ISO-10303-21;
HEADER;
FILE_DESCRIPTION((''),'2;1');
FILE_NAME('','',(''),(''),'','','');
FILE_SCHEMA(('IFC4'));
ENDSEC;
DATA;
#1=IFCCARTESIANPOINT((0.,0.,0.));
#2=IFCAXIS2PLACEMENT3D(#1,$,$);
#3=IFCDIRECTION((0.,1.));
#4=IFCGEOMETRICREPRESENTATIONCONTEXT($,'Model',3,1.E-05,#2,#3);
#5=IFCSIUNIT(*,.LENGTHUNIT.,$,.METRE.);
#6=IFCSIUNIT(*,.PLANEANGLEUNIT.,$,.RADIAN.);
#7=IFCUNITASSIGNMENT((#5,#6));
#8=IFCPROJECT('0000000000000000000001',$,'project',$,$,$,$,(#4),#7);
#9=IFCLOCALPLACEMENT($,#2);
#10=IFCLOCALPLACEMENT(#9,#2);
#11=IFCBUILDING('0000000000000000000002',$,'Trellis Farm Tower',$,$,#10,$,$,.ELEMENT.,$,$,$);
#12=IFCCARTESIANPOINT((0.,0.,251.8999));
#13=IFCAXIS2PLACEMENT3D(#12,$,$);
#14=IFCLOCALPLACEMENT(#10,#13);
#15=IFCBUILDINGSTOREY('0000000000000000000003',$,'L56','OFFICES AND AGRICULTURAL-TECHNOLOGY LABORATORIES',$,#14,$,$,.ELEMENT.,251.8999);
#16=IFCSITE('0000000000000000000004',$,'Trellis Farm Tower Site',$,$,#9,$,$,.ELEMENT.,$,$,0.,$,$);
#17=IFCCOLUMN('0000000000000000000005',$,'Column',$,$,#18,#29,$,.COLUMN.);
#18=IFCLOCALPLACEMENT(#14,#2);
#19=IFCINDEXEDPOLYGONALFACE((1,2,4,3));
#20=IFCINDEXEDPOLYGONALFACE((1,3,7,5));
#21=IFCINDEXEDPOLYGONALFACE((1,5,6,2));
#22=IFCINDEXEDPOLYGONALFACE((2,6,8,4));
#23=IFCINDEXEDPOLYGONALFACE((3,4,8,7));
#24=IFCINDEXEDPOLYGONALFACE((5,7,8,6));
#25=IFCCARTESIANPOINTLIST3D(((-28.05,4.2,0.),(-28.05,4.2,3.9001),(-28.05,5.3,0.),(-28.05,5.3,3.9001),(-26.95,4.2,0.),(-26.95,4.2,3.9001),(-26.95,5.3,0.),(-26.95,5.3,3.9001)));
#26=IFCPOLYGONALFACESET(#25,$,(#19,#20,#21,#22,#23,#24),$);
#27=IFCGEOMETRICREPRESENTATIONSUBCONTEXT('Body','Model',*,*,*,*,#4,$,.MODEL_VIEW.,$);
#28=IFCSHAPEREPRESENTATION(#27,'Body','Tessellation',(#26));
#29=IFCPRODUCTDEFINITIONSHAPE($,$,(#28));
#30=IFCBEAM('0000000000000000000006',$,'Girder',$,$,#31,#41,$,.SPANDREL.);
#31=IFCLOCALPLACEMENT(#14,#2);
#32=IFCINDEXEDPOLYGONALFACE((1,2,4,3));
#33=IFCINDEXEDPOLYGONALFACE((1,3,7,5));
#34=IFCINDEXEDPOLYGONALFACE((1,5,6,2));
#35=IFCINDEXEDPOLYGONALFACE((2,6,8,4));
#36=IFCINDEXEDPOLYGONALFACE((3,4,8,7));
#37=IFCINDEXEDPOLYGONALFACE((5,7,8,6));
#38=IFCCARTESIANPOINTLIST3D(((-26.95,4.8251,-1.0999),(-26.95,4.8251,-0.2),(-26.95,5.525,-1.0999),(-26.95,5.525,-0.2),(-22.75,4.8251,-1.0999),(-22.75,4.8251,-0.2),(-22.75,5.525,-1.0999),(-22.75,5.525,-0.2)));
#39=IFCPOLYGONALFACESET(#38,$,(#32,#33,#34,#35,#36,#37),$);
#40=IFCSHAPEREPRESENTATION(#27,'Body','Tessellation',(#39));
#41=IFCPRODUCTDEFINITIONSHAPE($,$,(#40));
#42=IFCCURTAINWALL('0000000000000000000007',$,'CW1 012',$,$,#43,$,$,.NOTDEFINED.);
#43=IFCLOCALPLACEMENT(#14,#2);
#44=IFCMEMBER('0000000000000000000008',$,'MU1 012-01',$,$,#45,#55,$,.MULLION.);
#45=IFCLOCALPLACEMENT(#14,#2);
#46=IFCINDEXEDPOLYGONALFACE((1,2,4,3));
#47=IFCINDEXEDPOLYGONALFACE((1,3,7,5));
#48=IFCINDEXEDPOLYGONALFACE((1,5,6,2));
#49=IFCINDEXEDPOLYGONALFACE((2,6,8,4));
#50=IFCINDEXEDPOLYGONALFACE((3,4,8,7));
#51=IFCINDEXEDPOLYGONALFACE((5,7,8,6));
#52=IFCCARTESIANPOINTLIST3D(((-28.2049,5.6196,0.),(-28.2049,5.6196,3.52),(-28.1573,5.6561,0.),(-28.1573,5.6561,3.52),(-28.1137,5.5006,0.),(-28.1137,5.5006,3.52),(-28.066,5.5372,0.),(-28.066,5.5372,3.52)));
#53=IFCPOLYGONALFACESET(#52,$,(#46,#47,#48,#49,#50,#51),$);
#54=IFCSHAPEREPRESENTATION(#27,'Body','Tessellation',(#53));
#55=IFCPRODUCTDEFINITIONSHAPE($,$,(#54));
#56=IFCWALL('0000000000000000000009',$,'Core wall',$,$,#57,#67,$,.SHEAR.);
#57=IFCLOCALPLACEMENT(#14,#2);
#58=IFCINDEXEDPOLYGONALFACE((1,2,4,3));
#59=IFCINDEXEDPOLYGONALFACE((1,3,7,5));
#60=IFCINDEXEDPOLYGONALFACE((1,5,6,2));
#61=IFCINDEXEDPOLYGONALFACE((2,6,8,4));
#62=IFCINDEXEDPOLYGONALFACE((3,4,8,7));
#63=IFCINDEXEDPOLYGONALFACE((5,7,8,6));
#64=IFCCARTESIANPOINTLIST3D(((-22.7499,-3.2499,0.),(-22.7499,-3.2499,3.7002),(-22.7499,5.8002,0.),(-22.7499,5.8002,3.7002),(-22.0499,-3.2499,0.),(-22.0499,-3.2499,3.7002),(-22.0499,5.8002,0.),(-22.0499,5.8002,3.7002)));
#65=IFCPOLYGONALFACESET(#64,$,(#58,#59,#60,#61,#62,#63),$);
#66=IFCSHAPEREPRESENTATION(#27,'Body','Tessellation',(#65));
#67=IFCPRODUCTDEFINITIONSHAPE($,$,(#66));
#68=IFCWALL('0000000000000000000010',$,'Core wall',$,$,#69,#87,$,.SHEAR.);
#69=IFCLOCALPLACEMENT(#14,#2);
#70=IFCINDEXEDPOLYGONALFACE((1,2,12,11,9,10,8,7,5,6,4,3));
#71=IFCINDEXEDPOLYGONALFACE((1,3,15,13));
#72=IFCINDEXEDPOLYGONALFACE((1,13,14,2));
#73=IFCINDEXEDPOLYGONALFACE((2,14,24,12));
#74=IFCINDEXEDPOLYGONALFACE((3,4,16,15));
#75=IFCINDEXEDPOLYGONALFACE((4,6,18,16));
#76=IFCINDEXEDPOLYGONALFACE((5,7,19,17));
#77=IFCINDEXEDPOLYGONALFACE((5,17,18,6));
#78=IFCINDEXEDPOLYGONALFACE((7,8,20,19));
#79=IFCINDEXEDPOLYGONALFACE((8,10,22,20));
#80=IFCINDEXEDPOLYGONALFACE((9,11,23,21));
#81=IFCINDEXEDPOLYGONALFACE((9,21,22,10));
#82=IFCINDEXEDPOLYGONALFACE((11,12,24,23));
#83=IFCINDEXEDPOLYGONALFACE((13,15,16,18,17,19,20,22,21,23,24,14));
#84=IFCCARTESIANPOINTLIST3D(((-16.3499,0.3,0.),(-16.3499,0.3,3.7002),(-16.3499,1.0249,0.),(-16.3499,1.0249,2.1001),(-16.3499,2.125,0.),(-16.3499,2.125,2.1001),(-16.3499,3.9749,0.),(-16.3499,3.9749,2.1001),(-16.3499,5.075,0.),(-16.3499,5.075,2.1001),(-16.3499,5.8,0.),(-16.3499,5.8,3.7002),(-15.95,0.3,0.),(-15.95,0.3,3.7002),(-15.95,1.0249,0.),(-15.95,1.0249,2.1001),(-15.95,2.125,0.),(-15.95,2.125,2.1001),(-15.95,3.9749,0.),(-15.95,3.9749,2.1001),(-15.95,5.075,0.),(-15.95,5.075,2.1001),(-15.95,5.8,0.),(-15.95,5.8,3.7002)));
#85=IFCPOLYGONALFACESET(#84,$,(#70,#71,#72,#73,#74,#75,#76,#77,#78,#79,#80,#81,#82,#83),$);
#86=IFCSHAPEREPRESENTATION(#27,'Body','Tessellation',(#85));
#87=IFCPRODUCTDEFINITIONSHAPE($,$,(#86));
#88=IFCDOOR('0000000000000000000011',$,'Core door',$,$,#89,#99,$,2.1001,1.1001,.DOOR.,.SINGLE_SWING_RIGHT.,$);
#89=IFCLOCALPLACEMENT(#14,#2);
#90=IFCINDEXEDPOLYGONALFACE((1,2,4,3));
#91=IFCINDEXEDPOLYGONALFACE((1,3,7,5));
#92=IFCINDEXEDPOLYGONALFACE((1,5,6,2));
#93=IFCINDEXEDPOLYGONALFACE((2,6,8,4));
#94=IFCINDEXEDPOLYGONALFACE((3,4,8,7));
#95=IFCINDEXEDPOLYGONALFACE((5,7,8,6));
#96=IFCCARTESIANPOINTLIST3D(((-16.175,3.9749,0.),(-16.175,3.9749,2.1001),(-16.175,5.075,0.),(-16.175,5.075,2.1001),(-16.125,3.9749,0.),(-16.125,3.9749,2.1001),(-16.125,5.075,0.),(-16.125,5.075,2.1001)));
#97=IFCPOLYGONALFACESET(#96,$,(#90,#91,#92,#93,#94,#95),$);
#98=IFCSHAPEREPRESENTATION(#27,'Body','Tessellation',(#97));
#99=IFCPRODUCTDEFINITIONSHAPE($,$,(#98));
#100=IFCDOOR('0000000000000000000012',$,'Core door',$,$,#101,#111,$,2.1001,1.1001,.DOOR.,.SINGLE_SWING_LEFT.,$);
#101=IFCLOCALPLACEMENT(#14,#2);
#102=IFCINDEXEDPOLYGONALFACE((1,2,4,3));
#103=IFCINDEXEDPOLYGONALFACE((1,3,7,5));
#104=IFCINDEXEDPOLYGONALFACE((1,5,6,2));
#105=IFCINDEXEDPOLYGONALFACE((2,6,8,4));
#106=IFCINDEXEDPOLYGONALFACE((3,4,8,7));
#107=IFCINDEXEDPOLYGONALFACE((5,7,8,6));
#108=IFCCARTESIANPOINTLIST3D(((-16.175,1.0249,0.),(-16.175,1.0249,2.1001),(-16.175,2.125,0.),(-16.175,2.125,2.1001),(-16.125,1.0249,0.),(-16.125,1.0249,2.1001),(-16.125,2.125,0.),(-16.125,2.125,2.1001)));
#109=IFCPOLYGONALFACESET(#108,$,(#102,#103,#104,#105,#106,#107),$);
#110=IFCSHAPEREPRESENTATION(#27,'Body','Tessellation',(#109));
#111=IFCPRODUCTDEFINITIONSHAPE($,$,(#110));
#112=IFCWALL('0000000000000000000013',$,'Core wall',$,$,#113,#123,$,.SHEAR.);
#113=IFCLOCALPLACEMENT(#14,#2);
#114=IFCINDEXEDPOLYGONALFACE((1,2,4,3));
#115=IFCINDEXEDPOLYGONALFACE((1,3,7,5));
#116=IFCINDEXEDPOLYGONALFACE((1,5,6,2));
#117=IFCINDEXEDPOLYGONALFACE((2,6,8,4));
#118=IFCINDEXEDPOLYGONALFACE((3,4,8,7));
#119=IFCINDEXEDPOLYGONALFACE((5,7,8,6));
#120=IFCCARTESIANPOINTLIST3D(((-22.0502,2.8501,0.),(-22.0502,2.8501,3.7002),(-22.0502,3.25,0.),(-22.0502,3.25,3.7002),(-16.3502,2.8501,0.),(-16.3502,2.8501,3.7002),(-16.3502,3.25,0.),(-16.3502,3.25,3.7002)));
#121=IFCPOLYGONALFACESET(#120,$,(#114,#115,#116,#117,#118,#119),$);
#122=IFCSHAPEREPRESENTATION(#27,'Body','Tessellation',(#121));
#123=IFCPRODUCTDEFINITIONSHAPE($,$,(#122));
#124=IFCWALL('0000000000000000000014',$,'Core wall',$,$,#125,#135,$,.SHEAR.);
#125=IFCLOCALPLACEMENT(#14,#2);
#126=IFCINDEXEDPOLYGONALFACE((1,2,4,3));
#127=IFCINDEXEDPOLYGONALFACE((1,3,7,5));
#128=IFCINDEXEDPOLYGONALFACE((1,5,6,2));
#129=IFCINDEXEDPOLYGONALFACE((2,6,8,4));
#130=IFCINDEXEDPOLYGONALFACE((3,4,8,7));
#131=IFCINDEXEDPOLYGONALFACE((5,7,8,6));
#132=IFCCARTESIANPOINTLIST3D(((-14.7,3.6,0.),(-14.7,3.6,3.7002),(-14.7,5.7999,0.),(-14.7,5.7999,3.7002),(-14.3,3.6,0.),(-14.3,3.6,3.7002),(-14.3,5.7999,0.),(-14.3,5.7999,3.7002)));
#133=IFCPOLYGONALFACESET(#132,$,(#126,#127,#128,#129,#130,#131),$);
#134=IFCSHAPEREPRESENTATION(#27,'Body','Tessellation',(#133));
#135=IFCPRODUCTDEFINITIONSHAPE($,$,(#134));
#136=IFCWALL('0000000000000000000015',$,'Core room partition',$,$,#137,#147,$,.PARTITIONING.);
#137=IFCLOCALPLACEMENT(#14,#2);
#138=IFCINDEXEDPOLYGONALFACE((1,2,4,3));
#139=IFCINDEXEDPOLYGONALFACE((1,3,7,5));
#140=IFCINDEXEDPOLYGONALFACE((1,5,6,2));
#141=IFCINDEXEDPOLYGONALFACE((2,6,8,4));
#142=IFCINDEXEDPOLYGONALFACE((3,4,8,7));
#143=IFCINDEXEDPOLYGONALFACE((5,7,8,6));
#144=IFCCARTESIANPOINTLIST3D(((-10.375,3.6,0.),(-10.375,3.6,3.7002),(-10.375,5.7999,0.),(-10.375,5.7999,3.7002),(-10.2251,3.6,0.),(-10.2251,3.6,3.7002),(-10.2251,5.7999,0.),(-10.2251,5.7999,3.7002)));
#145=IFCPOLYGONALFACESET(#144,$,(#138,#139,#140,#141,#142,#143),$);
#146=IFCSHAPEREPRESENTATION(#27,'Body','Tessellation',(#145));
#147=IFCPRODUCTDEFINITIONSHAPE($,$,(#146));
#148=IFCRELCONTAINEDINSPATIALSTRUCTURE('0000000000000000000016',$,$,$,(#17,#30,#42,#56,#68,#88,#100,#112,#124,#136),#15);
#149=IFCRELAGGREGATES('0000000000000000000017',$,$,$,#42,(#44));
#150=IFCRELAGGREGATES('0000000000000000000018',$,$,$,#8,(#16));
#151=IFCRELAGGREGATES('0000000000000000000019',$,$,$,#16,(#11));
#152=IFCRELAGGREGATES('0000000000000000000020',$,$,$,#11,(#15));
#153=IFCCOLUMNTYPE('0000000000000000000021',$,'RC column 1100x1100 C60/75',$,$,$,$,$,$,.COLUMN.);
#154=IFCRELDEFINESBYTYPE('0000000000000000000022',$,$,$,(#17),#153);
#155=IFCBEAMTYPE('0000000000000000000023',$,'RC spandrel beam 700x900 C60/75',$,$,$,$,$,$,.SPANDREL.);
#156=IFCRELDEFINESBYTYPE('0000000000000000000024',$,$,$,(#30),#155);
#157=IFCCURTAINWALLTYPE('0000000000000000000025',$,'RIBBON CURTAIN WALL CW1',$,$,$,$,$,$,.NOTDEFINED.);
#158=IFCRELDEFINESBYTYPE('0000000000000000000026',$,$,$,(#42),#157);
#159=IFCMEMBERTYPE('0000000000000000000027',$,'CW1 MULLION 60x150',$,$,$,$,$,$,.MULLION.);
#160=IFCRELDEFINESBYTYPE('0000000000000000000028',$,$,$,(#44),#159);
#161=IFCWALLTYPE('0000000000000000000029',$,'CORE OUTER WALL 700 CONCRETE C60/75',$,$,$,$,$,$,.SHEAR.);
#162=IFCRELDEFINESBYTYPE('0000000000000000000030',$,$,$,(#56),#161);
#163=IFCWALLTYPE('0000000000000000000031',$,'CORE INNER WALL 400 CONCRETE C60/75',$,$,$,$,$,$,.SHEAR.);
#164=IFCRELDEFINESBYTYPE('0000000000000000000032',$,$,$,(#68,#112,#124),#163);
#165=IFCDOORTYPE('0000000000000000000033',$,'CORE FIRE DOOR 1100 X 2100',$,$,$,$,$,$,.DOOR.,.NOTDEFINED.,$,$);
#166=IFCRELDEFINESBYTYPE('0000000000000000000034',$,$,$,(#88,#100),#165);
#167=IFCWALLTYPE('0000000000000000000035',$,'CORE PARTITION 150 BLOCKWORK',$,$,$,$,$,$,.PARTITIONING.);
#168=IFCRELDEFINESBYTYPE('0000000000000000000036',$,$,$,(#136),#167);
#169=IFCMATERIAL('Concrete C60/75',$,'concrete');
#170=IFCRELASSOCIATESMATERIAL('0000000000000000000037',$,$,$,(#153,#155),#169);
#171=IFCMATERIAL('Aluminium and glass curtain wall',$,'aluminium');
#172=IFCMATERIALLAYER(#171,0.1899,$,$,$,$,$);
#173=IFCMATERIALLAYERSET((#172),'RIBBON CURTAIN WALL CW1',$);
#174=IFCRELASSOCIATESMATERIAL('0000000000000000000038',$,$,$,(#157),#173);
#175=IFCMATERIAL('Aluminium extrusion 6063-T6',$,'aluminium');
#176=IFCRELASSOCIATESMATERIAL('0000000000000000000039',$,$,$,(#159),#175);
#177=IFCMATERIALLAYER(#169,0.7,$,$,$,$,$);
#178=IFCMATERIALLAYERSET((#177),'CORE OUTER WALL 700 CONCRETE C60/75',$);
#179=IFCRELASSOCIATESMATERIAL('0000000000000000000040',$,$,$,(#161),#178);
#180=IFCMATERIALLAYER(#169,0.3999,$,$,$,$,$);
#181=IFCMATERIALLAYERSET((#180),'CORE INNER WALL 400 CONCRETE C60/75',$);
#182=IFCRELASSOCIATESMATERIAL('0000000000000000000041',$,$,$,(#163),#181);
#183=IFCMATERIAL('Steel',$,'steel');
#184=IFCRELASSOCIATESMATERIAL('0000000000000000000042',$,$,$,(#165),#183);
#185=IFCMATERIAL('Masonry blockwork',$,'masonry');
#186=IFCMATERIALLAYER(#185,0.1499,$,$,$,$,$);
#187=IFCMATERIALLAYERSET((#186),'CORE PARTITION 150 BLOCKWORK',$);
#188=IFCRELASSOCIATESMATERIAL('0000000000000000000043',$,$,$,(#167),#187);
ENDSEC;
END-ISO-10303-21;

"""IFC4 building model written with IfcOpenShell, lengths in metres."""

from ifc_helpers import new_model, si_unit, direction, frame, frame_2d, origin, origin_2d, place, context, subcontext, project, spatial, rectangle, extrude, source, transform, mapped, material, layer, layer_set, material_profile, profile_set, type_object, element, fill, aggregate, save


model = new_model("IFC4")

# Units and contexts
model_context = context("Model", 3, precision=1e-05, world=origin(), true_north=direction((0.0, 1.0)))
body_context = subcontext(model_context, "Body", "Model", "MODEL_VIEW")
ifc_project = project(units=[si_unit("LENGTHUNIT", "METRE"), si_unit("PLANEANGLEUNIT", "RADIAN")], contexts=[model_context])

# Site, building, storey
site_placement = place(None, origin())
site = spatial("IfcSite", under=ifc_project, at=site_placement, Name="Trellis Farm Tower Site", CompositionType="ELEMENT", RefElevation=0.0)
building_placement = place(site_placement, origin())
building = spatial("IfcBuilding", under=site, at=building_placement, Name="Trellis Farm Tower", CompositionType="ELEMENT")
storey_placement = place(building_placement, frame((0.0, 0.0, 251.8999)))
storey = spatial("IfcBuildingStorey", under=building, at=storey_placement, Name="L56", Description="OFFICES AND AGRICULTURAL-TECHNOLOGY LABORATORIES", CompositionType="ELEMENT", Elevation=251.8999)

# Column
ifc_material_1 = material(Name="Concrete C60/75", Category="concrete")
ifc_material_profile_1 = material_profile(ifc_material_1, rectangle(XDim=1.1001, YDim=1.1001, at=origin_2d()), Name="RC column 1100x1100 C60/75")
ifc_profile_set_1 = profile_set([ifc_material_profile_1], Name="Concrete C60/75")
column_type = type_object("IfcColumnType", Name="RC column 1100x1100 C60/75", PredefinedType="COLUMN", material=ifc_profile_set_1)
shared_shape_1 = source(origin(), body_context, "Body", "SweptSolid", [
    extrude(rectangle(XDim=1.1001, YDim=1.1001, at=origin_2d()), origin(), (0.0, 0.0, 1.0), 3.9001),
])
column_placement = place(storey_placement, frame((-27.5, 4.75, 0.0), z_axis=(0.0, 0.0, 1.0), x_axis=(1.0, 0.0, 0.0)))
element("IfcColumn", 1, at=column_placement, inside=storey, type_object=column_type, Name="Column", PredefinedType="COLUMN", context=body_context, shape_type="MappedRepresentation", body=[
    mapped(shared_shape_1, transform((0.0, 0.0, 0.0))),
])

# Beam
ifc_material_profile_2 = material_profile(ifc_material_1, rectangle(XDim=0.7, YDim=0.8999, at=origin_2d()), Name="RC spandrel beam 700x900 C60/75")
ifc_profile_set_2 = profile_set([ifc_material_profile_2], Name="Concrete C60/75")
beam_type = type_object("IfcBeamType", Name="RC spandrel beam 700x900 C60/75", PredefinedType="SPANDREL", material=ifc_profile_set_2)
shared_shape_2 = source(origin(), body_context, "Body", "SweptSolid", [
    extrude(rectangle(XDim=0.7, YDim=0.8999, at=origin_2d()), origin(), (0.0, 0.0, 1.0), 4.2),
])
beam_placement = place(storey_placement, frame((-26.95, 5.175, -0.6499), z_axis=(1.0, 0.0, 0.0), x_axis=(0.0, 1.0, 0.0)))
element("IfcBeam", 2, at=beam_placement, inside=storey, type_object=beam_type, Name="Girder", PredefinedType="SPANDREL", context=body_context, shape_type="MappedRepresentation", body=[
    mapped(shared_shape_2, transform((0.0, 0.0, 0.0))),
])

# Curtain wall, member
ifc_material_2 = material(Name="Aluminium and glass curtain wall", Category="aluminium")
ifc_layer_1 = layer(ifc_material_2, 0.1899)
ifc_layer_set_1 = layer_set([ifc_layer_1], Name="RIBBON CURTAIN WALL CW1")
curtain_wall_type = type_object("IfcCurtainWallType", Name="RIBBON CURTAIN WALL CW1", PredefinedType="NOTDEFINED", material=ifc_layer_set_1)
placement = place(storey_placement, origin())
curtain_wall = element("IfcCurtainWall", 3, at=placement, inside=storey, type_object=curtain_wall_type, Name="CW1 012", PredefinedType="NOTDEFINED")
ifc_material_3 = material(Name="Aluminium extrusion 6063-T6", Category="aluminium")
ifc_material_profile_3 = material_profile(ifc_material_3, rectangle(XDim=0.0601, YDim=0.1499, at=origin_2d()), Name="MULLION 60x150")
ifc_profile_set_3 = profile_set([ifc_material_profile_3], Name="Aluminium extrusion 6063-T6")
member_type = type_object("IfcMemberType", Name="CW1 MULLION 60x150", PredefinedType="MULLION", material=ifc_profile_set_3)
shared_shape_3 = source(origin(), body_context, "Body", "SweptSolid", [
    extrude(rectangle(XDim=0.0601, YDim=0.1499, at=origin_2d()), origin(), (0.0, 0.0, 1.0), 3.52),
])
member_placement = place(storey_placement, frame((-28.1355, 5.5784, 0.0), z_axis=(0.0, 0.0, 1.0), x_axis=(-0.793353, -0.608761, 0.0)))
member = element("IfcMember", 4, at=member_placement, type_object=member_type, Name="MU1 012-01", PredefinedType="MULLION", context=body_context, shape_type="MappedRepresentation", body=[
    mapped(shared_shape_3, transform((0.0, 0.0, 0.0))),
])
aggregate(curtain_wall, [member])

# Wall
ifc_layer_2 = layer(ifc_material_1, 0.7)
ifc_layer_set_2 = layer_set([ifc_layer_2], Name="CORE OUTER WALL 700 CONCRETE C60/75")
wall_type_1 = type_object("IfcWallType", Name="CORE OUTER WALL 700 CONCRETE C60/75", PredefinedType="SHEAR", material=ifc_layer_set_2)
shared_shape_4 = source(origin(), body_context, "Body", "SweptSolid", [
    extrude(rectangle(XDim=9.05, YDim=0.7, at=frame_2d((4.5249, 0.0))), origin(), (0.0, 0.0, 1.0), 3.7002),
])
wall_1_placement = place(storey_placement, frame((-22.3999, 5.8, 0.0), z_axis=(0.0, 0.0, 1.0), x_axis=(0.0, -1.0, 0.0)))
element("IfcWall", 5, at=wall_1_placement, inside=storey, type_object=wall_type_1, Name="Core wall", PredefinedType="SHEAR", context=body_context, shape_type="MappedRepresentation", body=[
    mapped(shared_shape_4, transform((0.0, 0.0, 0.0))),
])

# Wall, openings, doors
ifc_layer_3 = layer(ifc_material_1, 0.3999)
ifc_layer_set_3 = layer_set([ifc_layer_3], Name="CORE INNER WALL 400 CONCRETE C60/75")
wall_type_2 = type_object("IfcWallType", Name="CORE INNER WALL 400 CONCRETE C60/75", PredefinedType="SHEAR", material=ifc_layer_set_3)
shared_shape_5 = source(origin(), body_context, "Body", "SweptSolid", [
    extrude(rectangle(XDim=5.5, YDim=0.3999, at=frame_2d((2.75, 0.0))), origin(), (0.0, 0.0, 1.0), 3.7002),
])
wall_2_placement = place(storey_placement, frame((-16.1499, 5.8, 0.0), z_axis=(0.0, 0.0, 1.0), x_axis=(0.0, -1.0, 0.0)))
wall_2 = element("IfcWall", 6, at=wall_2_placement, inside=storey, type_object=wall_type_2, Name="Core wall", PredefinedType="SHEAR", context=body_context, shape_type="MappedRepresentation", body=[
    mapped(shared_shape_5, transform((0.0, 0.0, 0.0))),
])
shared_shape_6 = source(origin(), body_context, "Body", "SweptSolid", [
    extrude(rectangle(XDim=1.1001, YDim=2.1001, at=frame_2d((0.55, 1.05))), frame((0.0, 0.21, 0.0), z_axis=(0.0, -1.0, 0.0), x_axis=(1.0, 0.0, 0.0)), (0.0, 0.0, 1.0), 0.4199),
])
opening_1_placement = place(wall_2_placement, frame((0.7251, 0.0, 0.0)))
opening_1 = element("IfcOpeningElement", 7, at=opening_1_placement, cuts=wall_2, PredefinedType="OPENING", context=body_context, shape_type="MappedRepresentation", body=[
    mapped(shared_shape_6, transform((0.0, 0.0, 0.0))),
])
opening_2_placement = place(wall_2_placement, frame((3.675, 0.0, 0.0)))
opening_2 = element("IfcOpeningElement", 8, at=opening_2_placement, cuts=wall_2, PredefinedType="OPENING", context=body_context, shape_type="MappedRepresentation", body=[
    mapped(shared_shape_6, transform((0.0, 0.0, 0.0))),
])
ifc_material_4 = material(Name="Steel", Category="steel")
door_type = type_object("IfcDoorType", Name="CORE FIRE DOOR 1100 X 2100", OperationType="NOTDEFINED", PredefinedType="DOOR", material=ifc_material_4)
shared_shape_7 = source(origin(), body_context, "Body", "SweptSolid", [
    extrude(rectangle(XDim=1.1001, YDim=2.1001, at=frame_2d((0.55, 1.05))), frame((0.0, 0.0249, 0.0), z_axis=(0.0, -1.0, 0.0), x_axis=(1.0, 0.0, 0.0)), (0.0, 0.0, 1.0), 0.05),
])
door_1_placement = place(opening_1_placement, origin())
door_1 = element("IfcDoor", 9, at=door_1_placement, inside=storey, type_object=door_type, Name="Core door", OperationType="SINGLE_SWING_RIGHT", OverallHeight=2.1001, OverallWidth=1.1001, PredefinedType="DOOR", context=body_context, shape_type="MappedRepresentation", body=[
    mapped(shared_shape_7, transform((0.0, 0.0, 0.0))),
])
fill(opening_1, door_1)
door_2_placement = place(opening_2_placement, origin())
door_2 = element("IfcDoor", 10, at=door_2_placement, inside=storey, type_object=door_type, Name="Core door", OperationType="SINGLE_SWING_LEFT", OverallHeight=2.1001, OverallWidth=1.1001, PredefinedType="DOOR", context=body_context, shape_type="MappedRepresentation", body=[
    mapped(shared_shape_7, transform((0.0, 0.0, 0.0))),
])
fill(opening_2, door_2)

# Walls
shared_shape_8 = source(origin(), body_context, "Body", "SweptSolid", [
    extrude(rectangle(XDim=5.7, YDim=0.3999, at=frame_2d((2.8501, 0.0))), origin(), (0.0, 0.0, 1.0), 3.7002),
])
wall_3_placement = place(storey_placement, frame((-16.3501, 3.05, 0.0), z_axis=(0.0, 0.0, 1.0), x_axis=(-1.0, 0.0, 0.0)))
element("IfcWall", 11, at=wall_3_placement, inside=storey, type_object=wall_type_2, Name="Core wall", PredefinedType="SHEAR", context=body_context, shape_type="MappedRepresentation", body=[
    mapped(shared_shape_8, transform((0.0, 0.0, 0.0))),
])
shared_shape_9 = source(origin(), body_context, "Body", "SweptSolid", [
    extrude(rectangle(XDim=2.2, YDim=0.3999, at=frame_2d((1.1001, 0.0))), origin(), (0.0, 0.0, 1.0), 3.7002),
])
wall_4_placement = place(storey_placement, frame((-14.5, 5.8, 0.0), z_axis=(0.0, 0.0, 1.0), x_axis=(0.0, -1.0, 0.0)))
element("IfcWall", 12, at=wall_4_placement, inside=storey, type_object=wall_type_2, Name="Core wall", PredefinedType="SHEAR", context=body_context, shape_type="MappedRepresentation", body=[
    mapped(shared_shape_9, transform((0.0, 0.0, 0.0))),
])
ifc_material_5 = material(Name="Masonry blockwork", Category="masonry")
ifc_layer_4 = layer(ifc_material_5, 0.1499)
ifc_layer_set_4 = layer_set([ifc_layer_4], Name="CORE PARTITION 150 BLOCKWORK")
wall_type_3 = type_object("IfcWallType", Name="CORE PARTITION 150 BLOCKWORK", PredefinedType="PARTITIONING", material=ifc_layer_set_4)
shared_shape_10 = source(origin(), body_context, "Body", "SweptSolid", [
    extrude(rectangle(XDim=2.2, YDim=0.1499, at=frame_2d((1.1001, 0.0))), origin(), (0.0, 0.0, 1.0), 3.7002),
])
wall_5_placement = place(storey_placement, frame((-10.3, 5.8, 0.0), z_axis=(0.0, 0.0, 1.0), x_axis=(0.0, -1.0, 0.0)))
element("IfcWall", 13, at=wall_5_placement, inside=storey, type_object=wall_type_3, Name="Core room partition", PredefinedType="PARTITIONING", context=body_context, shape_type="MappedRepresentation", body=[
    mapped(shared_shape_10, transform((0.0, 0.0, 0.0))),
])

save(model, "model.ifc")
